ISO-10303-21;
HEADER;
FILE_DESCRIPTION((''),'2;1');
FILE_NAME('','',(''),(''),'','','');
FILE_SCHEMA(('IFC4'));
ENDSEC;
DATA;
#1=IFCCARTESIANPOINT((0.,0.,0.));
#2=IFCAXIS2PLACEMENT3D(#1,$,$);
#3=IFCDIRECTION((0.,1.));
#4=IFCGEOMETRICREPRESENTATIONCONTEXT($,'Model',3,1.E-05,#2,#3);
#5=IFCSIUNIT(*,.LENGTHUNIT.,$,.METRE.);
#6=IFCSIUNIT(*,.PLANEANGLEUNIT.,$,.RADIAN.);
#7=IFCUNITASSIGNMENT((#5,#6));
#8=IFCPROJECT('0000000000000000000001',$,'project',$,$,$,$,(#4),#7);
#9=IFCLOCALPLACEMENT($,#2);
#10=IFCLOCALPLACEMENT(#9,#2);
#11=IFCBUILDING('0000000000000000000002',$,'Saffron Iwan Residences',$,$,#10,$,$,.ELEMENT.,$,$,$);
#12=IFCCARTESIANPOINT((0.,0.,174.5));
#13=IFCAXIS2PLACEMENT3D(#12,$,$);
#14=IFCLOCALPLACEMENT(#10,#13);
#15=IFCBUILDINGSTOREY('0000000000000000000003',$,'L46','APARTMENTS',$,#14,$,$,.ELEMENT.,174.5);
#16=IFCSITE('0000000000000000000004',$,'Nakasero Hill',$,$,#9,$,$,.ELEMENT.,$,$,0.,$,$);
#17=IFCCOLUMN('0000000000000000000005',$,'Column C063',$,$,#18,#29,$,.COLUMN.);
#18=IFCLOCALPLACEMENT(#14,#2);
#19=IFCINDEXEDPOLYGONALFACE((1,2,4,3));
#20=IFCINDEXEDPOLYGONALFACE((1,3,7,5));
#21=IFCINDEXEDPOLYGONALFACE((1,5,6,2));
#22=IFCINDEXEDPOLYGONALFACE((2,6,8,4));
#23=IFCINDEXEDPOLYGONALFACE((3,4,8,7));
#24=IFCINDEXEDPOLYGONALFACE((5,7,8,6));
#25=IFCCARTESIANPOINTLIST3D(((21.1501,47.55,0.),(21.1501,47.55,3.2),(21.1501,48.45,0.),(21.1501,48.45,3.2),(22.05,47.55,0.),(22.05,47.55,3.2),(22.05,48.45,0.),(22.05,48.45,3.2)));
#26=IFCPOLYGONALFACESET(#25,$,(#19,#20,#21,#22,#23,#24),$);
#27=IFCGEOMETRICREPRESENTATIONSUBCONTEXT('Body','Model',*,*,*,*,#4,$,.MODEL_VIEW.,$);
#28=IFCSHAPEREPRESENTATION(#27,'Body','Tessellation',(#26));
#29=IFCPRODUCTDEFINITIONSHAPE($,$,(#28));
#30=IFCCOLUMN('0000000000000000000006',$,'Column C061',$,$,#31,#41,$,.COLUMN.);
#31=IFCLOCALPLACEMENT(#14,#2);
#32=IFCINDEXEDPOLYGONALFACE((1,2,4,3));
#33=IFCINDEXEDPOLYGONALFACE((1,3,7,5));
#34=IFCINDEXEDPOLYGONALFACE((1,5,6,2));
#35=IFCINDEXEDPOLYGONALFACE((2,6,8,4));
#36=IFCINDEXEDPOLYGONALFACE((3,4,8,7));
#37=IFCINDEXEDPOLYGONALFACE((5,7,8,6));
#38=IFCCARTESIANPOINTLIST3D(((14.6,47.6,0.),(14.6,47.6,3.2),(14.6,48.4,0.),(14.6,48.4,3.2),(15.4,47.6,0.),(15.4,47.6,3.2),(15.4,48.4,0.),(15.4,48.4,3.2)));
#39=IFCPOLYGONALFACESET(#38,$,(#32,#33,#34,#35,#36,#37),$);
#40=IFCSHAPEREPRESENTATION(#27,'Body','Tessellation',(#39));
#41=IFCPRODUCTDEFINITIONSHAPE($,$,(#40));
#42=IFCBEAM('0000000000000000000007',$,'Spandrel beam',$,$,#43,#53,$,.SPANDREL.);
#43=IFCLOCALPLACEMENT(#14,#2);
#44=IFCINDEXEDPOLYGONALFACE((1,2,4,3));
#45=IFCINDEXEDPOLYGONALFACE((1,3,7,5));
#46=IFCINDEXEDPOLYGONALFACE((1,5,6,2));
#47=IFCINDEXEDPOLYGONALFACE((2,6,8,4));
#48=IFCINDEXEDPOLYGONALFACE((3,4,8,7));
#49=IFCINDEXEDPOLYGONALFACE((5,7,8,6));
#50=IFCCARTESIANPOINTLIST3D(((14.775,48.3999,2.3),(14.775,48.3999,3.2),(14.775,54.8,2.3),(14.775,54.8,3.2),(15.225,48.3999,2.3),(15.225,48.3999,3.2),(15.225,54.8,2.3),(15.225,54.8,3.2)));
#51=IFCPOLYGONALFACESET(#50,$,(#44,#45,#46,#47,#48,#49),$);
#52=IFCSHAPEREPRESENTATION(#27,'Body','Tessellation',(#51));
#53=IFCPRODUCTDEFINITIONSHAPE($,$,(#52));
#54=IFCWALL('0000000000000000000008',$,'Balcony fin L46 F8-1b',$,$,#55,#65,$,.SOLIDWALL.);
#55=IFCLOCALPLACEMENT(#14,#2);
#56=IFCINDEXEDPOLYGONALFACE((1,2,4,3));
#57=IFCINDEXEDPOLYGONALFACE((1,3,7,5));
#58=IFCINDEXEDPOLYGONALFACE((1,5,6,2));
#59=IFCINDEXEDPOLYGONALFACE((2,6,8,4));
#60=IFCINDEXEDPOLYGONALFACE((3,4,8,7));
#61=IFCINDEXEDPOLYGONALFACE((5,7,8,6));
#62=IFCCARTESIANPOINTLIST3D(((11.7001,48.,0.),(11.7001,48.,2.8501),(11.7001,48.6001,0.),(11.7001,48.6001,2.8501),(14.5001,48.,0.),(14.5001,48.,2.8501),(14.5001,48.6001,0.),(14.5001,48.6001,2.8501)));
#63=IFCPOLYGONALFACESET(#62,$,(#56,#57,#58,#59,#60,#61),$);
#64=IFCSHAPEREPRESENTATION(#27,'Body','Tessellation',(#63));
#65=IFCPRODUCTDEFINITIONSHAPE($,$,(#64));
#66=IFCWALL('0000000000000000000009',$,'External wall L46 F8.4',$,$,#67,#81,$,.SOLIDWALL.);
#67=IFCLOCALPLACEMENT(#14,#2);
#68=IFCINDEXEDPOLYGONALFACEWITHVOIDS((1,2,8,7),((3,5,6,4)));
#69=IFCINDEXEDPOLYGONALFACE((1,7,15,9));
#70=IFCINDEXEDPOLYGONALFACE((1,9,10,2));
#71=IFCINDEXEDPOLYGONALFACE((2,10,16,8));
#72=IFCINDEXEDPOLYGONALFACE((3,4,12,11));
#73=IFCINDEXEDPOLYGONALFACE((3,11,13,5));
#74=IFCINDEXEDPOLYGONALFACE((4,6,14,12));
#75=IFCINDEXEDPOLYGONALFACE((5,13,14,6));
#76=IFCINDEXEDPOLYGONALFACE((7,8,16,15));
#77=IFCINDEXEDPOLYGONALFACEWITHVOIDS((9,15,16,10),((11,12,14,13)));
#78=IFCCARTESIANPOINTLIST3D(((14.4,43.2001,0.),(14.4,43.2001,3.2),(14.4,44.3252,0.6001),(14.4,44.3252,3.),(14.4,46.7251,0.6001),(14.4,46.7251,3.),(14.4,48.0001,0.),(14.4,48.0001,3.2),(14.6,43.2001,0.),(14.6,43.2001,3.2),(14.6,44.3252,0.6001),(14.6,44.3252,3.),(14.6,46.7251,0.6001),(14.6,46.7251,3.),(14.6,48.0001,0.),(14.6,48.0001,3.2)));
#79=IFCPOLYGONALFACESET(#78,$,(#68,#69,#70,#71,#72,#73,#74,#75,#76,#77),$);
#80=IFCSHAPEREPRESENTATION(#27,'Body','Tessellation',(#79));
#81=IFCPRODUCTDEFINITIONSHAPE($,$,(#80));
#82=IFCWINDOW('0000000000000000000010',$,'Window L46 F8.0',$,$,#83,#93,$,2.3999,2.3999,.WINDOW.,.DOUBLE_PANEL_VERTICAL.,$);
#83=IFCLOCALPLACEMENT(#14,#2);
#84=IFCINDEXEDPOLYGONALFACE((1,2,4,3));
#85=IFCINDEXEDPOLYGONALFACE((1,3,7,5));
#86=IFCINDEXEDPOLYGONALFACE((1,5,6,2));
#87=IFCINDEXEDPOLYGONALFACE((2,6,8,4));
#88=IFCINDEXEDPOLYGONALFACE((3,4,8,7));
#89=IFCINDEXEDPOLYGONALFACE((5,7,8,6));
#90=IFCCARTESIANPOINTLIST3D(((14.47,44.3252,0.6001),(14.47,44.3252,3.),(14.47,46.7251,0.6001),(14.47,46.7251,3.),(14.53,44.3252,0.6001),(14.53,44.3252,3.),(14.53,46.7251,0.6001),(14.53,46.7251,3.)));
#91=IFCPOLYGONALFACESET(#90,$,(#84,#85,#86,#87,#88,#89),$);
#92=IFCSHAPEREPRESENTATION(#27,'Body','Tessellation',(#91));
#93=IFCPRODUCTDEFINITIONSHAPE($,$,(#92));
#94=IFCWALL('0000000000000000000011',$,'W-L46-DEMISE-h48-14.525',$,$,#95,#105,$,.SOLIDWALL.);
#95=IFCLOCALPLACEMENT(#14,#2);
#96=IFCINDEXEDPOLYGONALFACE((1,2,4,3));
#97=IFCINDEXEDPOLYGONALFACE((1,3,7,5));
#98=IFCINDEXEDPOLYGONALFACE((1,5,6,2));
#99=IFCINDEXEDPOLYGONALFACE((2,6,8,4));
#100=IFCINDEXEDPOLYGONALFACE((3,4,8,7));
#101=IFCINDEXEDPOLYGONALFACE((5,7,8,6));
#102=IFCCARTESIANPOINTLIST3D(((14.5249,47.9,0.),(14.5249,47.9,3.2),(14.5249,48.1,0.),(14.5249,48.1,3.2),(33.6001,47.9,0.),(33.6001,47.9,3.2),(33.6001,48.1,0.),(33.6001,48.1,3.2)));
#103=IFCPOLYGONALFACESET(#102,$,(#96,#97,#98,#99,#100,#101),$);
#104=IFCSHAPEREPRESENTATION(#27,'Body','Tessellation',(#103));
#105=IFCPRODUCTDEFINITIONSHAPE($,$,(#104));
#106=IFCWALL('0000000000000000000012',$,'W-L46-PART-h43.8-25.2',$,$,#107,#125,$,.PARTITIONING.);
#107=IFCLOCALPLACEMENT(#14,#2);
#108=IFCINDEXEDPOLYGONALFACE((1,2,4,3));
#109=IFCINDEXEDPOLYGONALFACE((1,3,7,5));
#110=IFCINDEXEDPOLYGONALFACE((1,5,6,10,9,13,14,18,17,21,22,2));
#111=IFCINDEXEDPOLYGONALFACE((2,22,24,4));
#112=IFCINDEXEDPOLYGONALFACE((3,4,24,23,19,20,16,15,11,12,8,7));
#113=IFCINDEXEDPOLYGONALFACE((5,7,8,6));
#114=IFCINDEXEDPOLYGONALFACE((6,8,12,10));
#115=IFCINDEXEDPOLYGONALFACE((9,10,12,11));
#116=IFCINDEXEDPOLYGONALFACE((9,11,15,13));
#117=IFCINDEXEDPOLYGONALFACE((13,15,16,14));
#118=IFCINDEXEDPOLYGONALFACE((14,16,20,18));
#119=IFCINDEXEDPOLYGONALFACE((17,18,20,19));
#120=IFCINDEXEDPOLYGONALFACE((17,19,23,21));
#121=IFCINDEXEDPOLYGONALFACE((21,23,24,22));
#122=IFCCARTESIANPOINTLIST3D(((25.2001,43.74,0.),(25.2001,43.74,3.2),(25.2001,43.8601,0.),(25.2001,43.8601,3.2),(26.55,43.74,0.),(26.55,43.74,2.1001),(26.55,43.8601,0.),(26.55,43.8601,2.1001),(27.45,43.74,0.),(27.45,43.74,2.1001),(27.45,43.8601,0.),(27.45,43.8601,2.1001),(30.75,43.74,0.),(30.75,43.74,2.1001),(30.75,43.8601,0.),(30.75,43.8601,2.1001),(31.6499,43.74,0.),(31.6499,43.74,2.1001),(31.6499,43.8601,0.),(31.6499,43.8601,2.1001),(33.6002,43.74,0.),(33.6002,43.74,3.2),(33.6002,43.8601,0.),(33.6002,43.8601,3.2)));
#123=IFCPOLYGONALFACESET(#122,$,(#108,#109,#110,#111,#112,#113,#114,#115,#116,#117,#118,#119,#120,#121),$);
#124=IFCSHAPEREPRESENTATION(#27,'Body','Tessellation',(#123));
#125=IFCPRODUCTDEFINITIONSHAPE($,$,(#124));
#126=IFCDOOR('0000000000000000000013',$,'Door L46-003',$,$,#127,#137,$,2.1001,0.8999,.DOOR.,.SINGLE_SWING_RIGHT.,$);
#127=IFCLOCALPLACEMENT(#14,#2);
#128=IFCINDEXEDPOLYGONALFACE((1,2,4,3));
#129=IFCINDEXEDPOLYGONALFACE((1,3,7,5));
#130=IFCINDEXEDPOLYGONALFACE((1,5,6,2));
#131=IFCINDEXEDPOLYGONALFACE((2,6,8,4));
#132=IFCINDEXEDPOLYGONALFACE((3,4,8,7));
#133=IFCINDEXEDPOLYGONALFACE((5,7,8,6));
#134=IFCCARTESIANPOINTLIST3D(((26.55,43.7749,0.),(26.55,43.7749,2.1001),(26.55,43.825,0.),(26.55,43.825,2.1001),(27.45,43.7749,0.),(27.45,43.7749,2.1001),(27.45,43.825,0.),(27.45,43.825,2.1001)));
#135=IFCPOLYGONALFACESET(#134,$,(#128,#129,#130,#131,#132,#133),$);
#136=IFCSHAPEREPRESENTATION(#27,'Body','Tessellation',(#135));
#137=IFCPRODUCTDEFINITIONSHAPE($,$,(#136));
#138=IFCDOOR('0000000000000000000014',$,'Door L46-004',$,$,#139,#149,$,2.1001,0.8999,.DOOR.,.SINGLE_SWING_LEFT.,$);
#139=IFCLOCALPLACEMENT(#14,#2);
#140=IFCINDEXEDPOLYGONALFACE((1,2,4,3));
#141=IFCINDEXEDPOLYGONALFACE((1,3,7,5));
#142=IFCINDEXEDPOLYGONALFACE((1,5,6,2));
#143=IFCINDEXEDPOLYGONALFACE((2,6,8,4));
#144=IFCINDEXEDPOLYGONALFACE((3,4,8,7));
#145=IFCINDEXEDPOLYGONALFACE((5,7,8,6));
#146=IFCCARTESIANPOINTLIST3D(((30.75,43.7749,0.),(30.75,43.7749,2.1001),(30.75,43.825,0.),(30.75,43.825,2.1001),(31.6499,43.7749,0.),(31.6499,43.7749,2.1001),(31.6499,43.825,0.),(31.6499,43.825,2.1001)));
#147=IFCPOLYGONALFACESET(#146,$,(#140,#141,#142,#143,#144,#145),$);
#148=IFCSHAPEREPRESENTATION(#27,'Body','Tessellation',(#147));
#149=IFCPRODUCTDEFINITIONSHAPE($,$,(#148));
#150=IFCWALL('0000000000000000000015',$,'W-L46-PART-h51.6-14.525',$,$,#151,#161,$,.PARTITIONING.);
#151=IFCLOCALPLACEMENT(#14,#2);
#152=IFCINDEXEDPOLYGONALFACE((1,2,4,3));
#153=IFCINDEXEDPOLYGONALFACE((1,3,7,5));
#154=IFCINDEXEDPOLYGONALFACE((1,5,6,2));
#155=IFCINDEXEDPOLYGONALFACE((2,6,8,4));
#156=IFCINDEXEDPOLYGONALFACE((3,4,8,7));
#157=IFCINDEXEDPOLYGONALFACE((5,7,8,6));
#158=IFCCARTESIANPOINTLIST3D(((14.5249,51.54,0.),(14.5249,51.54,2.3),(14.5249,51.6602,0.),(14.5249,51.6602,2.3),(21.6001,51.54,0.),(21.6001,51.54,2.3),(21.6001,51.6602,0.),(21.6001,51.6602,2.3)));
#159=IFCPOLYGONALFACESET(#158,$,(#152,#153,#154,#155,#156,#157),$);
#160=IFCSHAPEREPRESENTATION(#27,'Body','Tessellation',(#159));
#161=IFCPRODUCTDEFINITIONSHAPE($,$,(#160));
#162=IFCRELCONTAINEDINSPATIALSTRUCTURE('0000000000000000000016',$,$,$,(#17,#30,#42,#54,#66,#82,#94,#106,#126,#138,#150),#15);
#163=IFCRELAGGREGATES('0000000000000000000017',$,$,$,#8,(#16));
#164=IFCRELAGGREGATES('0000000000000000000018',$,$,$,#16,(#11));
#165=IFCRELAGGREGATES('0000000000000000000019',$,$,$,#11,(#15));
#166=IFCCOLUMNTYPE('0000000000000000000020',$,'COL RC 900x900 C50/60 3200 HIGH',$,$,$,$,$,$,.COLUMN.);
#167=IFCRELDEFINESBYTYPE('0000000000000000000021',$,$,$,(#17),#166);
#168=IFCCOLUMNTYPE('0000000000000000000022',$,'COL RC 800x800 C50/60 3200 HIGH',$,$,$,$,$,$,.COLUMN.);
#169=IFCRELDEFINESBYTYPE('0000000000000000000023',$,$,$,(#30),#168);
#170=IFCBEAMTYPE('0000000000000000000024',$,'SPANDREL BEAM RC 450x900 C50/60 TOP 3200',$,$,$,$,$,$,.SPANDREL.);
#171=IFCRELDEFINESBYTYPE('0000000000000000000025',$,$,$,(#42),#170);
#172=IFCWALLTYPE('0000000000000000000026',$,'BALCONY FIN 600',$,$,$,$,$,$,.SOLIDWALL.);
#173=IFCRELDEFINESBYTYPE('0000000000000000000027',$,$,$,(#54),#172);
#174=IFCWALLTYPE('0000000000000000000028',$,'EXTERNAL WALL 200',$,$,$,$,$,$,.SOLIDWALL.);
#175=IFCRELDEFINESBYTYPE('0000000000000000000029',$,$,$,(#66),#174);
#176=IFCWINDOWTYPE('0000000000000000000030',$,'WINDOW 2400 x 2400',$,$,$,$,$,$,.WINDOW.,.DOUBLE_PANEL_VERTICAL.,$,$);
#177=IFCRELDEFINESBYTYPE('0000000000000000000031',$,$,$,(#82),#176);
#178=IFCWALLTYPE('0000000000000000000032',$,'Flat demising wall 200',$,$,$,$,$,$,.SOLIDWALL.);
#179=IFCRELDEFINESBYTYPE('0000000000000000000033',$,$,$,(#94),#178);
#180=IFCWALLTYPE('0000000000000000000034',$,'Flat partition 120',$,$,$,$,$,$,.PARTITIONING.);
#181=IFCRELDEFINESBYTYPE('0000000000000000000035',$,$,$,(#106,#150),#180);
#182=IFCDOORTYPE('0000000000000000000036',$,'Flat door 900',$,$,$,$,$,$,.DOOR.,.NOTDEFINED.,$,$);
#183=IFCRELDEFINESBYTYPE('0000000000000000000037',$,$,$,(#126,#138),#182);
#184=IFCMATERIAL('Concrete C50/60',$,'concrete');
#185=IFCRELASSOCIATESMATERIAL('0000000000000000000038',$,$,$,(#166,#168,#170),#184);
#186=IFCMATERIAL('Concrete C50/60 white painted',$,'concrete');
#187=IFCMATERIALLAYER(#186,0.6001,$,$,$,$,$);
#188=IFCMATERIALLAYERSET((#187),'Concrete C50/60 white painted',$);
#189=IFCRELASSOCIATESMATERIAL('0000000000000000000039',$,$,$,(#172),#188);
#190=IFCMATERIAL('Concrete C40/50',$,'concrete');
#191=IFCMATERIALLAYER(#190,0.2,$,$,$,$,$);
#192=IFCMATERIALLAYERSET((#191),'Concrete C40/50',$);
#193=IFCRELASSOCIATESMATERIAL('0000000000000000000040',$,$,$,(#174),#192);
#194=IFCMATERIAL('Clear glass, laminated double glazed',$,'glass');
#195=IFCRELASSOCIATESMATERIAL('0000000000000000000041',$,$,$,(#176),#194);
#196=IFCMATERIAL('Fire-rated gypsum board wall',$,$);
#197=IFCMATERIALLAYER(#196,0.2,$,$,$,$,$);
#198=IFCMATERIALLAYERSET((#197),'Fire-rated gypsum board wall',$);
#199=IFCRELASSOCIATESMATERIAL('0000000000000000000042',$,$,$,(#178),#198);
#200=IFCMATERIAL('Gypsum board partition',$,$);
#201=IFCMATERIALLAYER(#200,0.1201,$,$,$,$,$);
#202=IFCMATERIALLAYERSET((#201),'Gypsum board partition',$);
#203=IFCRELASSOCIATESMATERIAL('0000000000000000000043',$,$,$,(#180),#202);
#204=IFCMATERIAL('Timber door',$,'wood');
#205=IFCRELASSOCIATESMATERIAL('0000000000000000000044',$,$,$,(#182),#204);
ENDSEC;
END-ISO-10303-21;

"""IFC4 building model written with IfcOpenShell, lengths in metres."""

from ifc_helpers import new_model, si_unit, direction, frame, frame_2d, origin, origin_2d, place, context, subcontext, project, spatial, rectangle, extrude, source, transform, mapped, material, layer, layer_set, material_profile, profile_set, type_object, element, fill, save


model = new_model("IFC4")

# Units and contexts
model_context = context("Model", 3, precision=1e-05, world=origin(), true_north=direction((0.0, 1.0)))
body_context = subcontext(model_context, "Body", "Model", "MODEL_VIEW")
ifc_project = project(units=[si_unit("LENGTHUNIT", "METRE"), si_unit("PLANEANGLEUNIT", "RADIAN")], contexts=[model_context])

# Site, building, storey
site_placement = place(None, origin())
site = spatial("IfcSite", under=ifc_project, at=site_placement, Name="Nakasero Hill", CompositionType="ELEMENT", RefElevation=0.0)
building_placement = place(site_placement, origin())
building = spatial("IfcBuilding", under=site, at=building_placement, Name="Saffron Iwan Residences", CompositionType="ELEMENT")
storey_placement = place(building_placement, frame((0.0, 0.0, 174.5)))
storey = spatial("IfcBuildingStorey", under=building, at=storey_placement, Name="L46", Description="APARTMENTS", CompositionType="ELEMENT", Elevation=174.5)

# Columns
ifc_material_1 = material(Name="Concrete C50/60", Category="concrete")
ifc_material_profile_1 = material_profile(ifc_material_1, rectangle(XDim=0.8999, YDim=0.8999, at=origin_2d()), Name="RC 900x900")
ifc_profile_set_1 = profile_set([ifc_material_profile_1], Name="Concrete C50/60")
column_type_1 = type_object("IfcColumnType", Name="COL RC 900x900 C50/60 3200 HIGH", PredefinedType="COLUMN", material=ifc_profile_set_1)
shared_shape_1 = source(origin(), body_context, "Body", "SweptSolid", [
    extrude(rectangle(XDim=0.8999, YDim=0.8999, at=origin_2d()), origin(), (0.0, 0.0, 1.0), 3.2),
])
column_1_placement = place(storey_placement, frame((21.6001, 48.0, 0.0), z_axis=(0.0, 0.0, 1.0), x_axis=(1.0, 0.0, 0.0)))
element("IfcColumn", 1, at=column_1_placement, inside=storey, type_object=column_type_1, Name="Column C063", PredefinedType="COLUMN", context=body_context, shape_type="MappedRepresentation", body=[
    mapped(shared_shape_1, transform((0.0, 0.0, 0.0))),
])
ifc_material_profile_2 = material_profile(ifc_material_1, rectangle(XDim=0.8, YDim=0.8, at=origin_2d()), Name="RC 800x800")
ifc_profile_set_2 = profile_set([ifc_material_profile_2], Name="Concrete C50/60")
column_type_2 = type_object("IfcColumnType", Name="COL RC 800x800 C50/60 3200 HIGH", PredefinedType="COLUMN", material=ifc_profile_set_2)
shared_shape_2 = source(origin(), body_context, "Body", "SweptSolid", [
    extrude(rectangle(XDim=0.8, YDim=0.8, at=origin_2d()), origin(), (0.0, 0.0, 1.0), 3.2),
])
column_2_placement = place(storey_placement, frame((15.0, 48.0, 0.0), z_axis=(0.0, 0.0, 1.0), x_axis=(1.0, 0.0, 0.0)))
element("IfcColumn", 2, at=column_2_placement, inside=storey, type_object=column_type_2, Name="Column C061", PredefinedType="COLUMN", context=body_context, shape_type="MappedRepresentation", body=[
    mapped(shared_shape_2, transform((0.0, 0.0, 0.0))),
])

# Beam
ifc_material_profile_3 = material_profile(ifc_material_1, rectangle(XDim=0.45, YDim=0.8999, at=origin_2d()), Name="RC 450x900")
ifc_profile_set_3 = profile_set([ifc_material_profile_3], Name="Concrete C50/60")
beam_type = type_object("IfcBeamType", Name="SPANDREL BEAM RC 450x900 C50/60 TOP 3200", PredefinedType="SPANDREL", material=ifc_profile_set_3)
shared_shape_3 = source(origin(), body_context, "Body", "SweptSolid", [
    extrude(rectangle(XDim=0.45, YDim=0.8999, at=origin_2d()), origin(), (0.0, 0.0, 1.0), 6.4001),
])
beam_placement = place(storey_placement, frame((15.0, 48.3999, 2.75), z_axis=(0.0, 1.0, 0.0), x_axis=(-1.0, 0.0, 0.0)))
element("IfcBeam", 3, at=beam_placement, inside=storey, type_object=beam_type, Name="Spandrel beam", PredefinedType="SPANDREL", context=body_context, shape_type="MappedRepresentation", body=[
    mapped(shared_shape_3, transform((0.0, 0.0, 0.0))),
])

# Wall
ifc_material_2 = material(Name="Concrete C50/60 white painted", Category="concrete")
ifc_layer_1 = layer(ifc_material_2, 0.6001)
ifc_layer_set_1 = layer_set([ifc_layer_1], Name="Concrete C50/60 white painted")
wall_type_1 = type_object("IfcWallType", Name="BALCONY FIN 600", PredefinedType="SOLIDWALL", material=ifc_layer_set_1)
wall_1_placement = place(storey_placement, frame((14.5, 48.3, 0.0), z_axis=(0.0, 0.0, 1.0), x_axis=(-1.0, 0.0, 0.0)))
element("IfcWall", 4, at=wall_1_placement, inside=storey, type_object=wall_type_1, Name="Balcony fin L46 F8-1b", PredefinedType="SOLIDWALL", context=body_context, shape_type="SweptSolid", body=[
    extrude(rectangle(XDim=2.8, YDim=0.6001, at=frame_2d((1.3999, 0.0))), origin(), (0.0, 0.0, 1.0), 2.8501),
])

# Wall, opening, window
ifc_material_3 = material(Name="Concrete C40/50", Category="concrete")
ifc_layer_2 = layer(ifc_material_3, 0.2)
ifc_layer_set_2 = layer_set([ifc_layer_2], Name="Concrete C40/50")
wall_type_2 = type_object("IfcWallType", Name="EXTERNAL WALL 200", PredefinedType="SOLIDWALL", material=ifc_layer_set_2)
wall_2_placement = place(storey_placement, frame((14.5, 48.0, 0.0), z_axis=(0.0, 0.0, 1.0), x_axis=(0.0, -1.0, 0.0)))
wall_2 = element("IfcWall", 5, at=wall_2_placement, inside=storey, type_object=wall_type_2, Name="External wall L46 F8.4", PredefinedType="SOLIDWALL", context=body_context, shape_type="SweptSolid", body=[
    extrude(rectangle(XDim=4.8, YDim=0.2, at=frame_2d((2.3999, 0.0))), origin(), (0.0, 0.0, 1.0), 3.2),
])
opening_1_placement = place(wall_2_placement, frame((1.2749, 0.0, 0.6001)))
opening_1 = element("IfcOpeningElement", 6, at=opening_1_placement, cuts=wall_2, PredefinedType="OPENING", context=body_context, shape_type="SweptSolid", body=[
    extrude(rectangle(XDim=2.3999, YDim=2.3999, at=frame_2d((1.2, 1.2))), frame((0.0, 0.1099, 0.0), z_axis=(0.0, -1.0, 0.0), x_axis=(1.0, 0.0, 0.0)), (0.0, 0.0, 1.0), 0.22),
])
ifc_material_4 = material(Name="Clear glass, laminated double glazed", Category="glass")
window_type = type_object("IfcWindowType", Name="WINDOW 2400 x 2400", PartitioningType="DOUBLE_PANEL_VERTICAL", PredefinedType="WINDOW", material=ifc_material_4)
window_placement = place(opening_1_placement, origin())
window = element("IfcWindow", 7, at=window_placement, inside=storey, type_object=window_type, Name="Window L46 F8.0", OverallHeight=2.3999, OverallWidth=2.3999, PartitioningType="DOUBLE_PANEL_VERTICAL", PredefinedType="WINDOW", context=body_context, shape_type="SweptSolid", body=[
    extrude(rectangle(XDim=2.3999, YDim=2.3999, at=frame_2d((1.2, 1.2))), frame((0.0, 0.03, 0.0), z_axis=(0.0, -1.0, 0.0), x_axis=(1.0, 0.0, 0.0)), (0.0, 0.0, 1.0), 0.0601),
])
fill(opening_1, window)

# Wall
ifc_material_5 = material(Name="Fire-rated gypsum board wall")
ifc_layer_3 = layer(ifc_material_5, 0.2)
ifc_layer_set_3 = layer_set([ifc_layer_3], Name="Fire-rated gypsum board wall")
wall_type_3 = type_object("IfcWallType", Name="Flat demising wall 200", PredefinedType="SOLIDWALL", material=ifc_layer_set_3)
wall_3_placement = place(storey_placement, frame((14.5249, 48.0, 0.0), z_axis=(0.0, 0.0, 1.0), x_axis=(1.0, 0.0, 0.0)))
element("IfcWall", 8, at=wall_3_placement, inside=storey, type_object=wall_type_3, Name="W-L46-DEMISE-h48-14.525", PredefinedType="SOLIDWALL", context=body_context, shape_type="SweptSolid", body=[
    extrude(rectangle(XDim=19.0752, YDim=0.2, at=frame_2d((9.5376, 0.0))), origin(), (0.0, 0.0, 1.0), 3.2),
])

# Wall, openings, doors
ifc_material_6 = material(Name="Gypsum board partition")
ifc_layer_4 = layer(ifc_material_6, 0.1201)
ifc_layer_set_4 = layer_set([ifc_layer_4], Name="Gypsum board partition")
wall_type_4 = type_object("IfcWallType", Name="Flat partition 120", PredefinedType="PARTITIONING", material=ifc_layer_set_4)
wall_4_placement = place(storey_placement, frame((25.2, 43.8, 0.0), z_axis=(0.0, 0.0, 1.0), x_axis=(1.0, 0.0, 0.0)))
wall_4 = element("IfcWall", 9, at=wall_4_placement, inside=storey, type_object=wall_type_4, Name="W-L46-PART-h43.8-25.2", PredefinedType="PARTITIONING", context=body_context, shape_type="SweptSolid", body=[
    extrude(rectangle(XDim=8.4001, YDim=0.1201, at=frame_2d((4.2002, 0.0))), origin(), (0.0, 0.0, 1.0), 3.2),
])
opening_2_placement = place(wall_4_placement, frame((1.3501, 0.0, 0.0)))
opening_2 = element("IfcOpeningElement", 10, at=opening_2_placement, cuts=wall_4, PredefinedType="OPENING", context=body_context, shape_type="SweptSolid", body=[
    extrude(rectangle(XDim=0.8999, YDim=2.1001, at=frame_2d((0.45, 1.05))), frame((0.0, 0.0701, 0.0), z_axis=(0.0, -1.0, 0.0), x_axis=(1.0, 0.0, 0.0)), (0.0, 0.0, 1.0), 0.1401),
])
opening_3_placement = place(wall_4_placement, frame((5.55, 0.0, 0.0)))
opening_3 = element("IfcOpeningElement", 11, at=opening_3_placement, cuts=wall_4, PredefinedType="OPENING", context=body_context, shape_type="SweptSolid", body=[
    extrude(rectangle(XDim=0.8999, YDim=2.1001, at=frame_2d((0.45, 1.05))), frame((0.0, 0.0701, 0.0), z_axis=(0.0, -1.0, 0.0), x_axis=(1.0, 0.0, 0.0)), (0.0, 0.0, 1.0), 0.1401),
])
ifc_material_7 = material(Name="Timber door", Category="wood")
door_type_1 = type_object("IfcDoorType", Name="Flat door 900", OperationType="NOTDEFINED", PredefinedType="DOOR", material=ifc_material_7)
door_1_placement = place(opening_2_placement, origin())
door_1 = element("IfcDoor", 12, at=door_1_placement, inside=storey, type_object=door_type_1, Name="Door L46-003", OperationType="SINGLE_SWING_RIGHT", OverallHeight=2.1001, OverallWidth=0.8999, PredefinedType="DOOR", context=body_context, shape_type="SweptSolid", body=[
    extrude(rectangle(XDim=0.8999, YDim=2.1001, at=frame_2d((0.45, 1.05))), frame((0.0, 0.0249, 0.0), z_axis=(0.0, -1.0, 0.0), x_axis=(1.0, 0.0, 0.0)), (0.0, 0.0, 1.0), 0.05),
])
fill(opening_2, door_1)
door_2_placement = place(opening_3_placement, origin())
door_2 = element("IfcDoor", 13, at=door_2_placement, inside=storey, type_object=door_type_1, Name="Door L46-004", OperationType="SINGLE_SWING_LEFT", OverallHeight=2.1001, OverallWidth=0.8999, PredefinedType="DOOR", context=body_context, shape_type="SweptSolid", body=[
    extrude(rectangle(XDim=0.8999, YDim=2.1001, at=frame_2d((0.45, 1.05))), frame((0.0, 0.0249, 0.0), z_axis=(0.0, -1.0, 0.0), x_axis=(1.0, 0.0, 0.0)), (0.0, 0.0, 1.0), 0.05),
])
fill(opening_3, door_2)

# Wall
wall_5_placement = place(storey_placement, frame((14.5249, 51.6001, 0.0), z_axis=(0.0, 0.0, 1.0), x_axis=(1.0, 0.0, 0.0)))
element("IfcWall", 14, at=wall_5_placement, inside=storey, type_object=wall_type_4, Name="W-L46-PART-h51.6-14.525", PredefinedType="PARTITIONING", context=body_context, shape_type="SweptSolid", body=[
    extrude(rectangle(XDim=7.0752, YDim=0.1201, at=frame_2d((3.5376, 0.0))), origin(), (0.0, 0.0, 1.0), 2.3),
])

save(model, "model.ifc")
